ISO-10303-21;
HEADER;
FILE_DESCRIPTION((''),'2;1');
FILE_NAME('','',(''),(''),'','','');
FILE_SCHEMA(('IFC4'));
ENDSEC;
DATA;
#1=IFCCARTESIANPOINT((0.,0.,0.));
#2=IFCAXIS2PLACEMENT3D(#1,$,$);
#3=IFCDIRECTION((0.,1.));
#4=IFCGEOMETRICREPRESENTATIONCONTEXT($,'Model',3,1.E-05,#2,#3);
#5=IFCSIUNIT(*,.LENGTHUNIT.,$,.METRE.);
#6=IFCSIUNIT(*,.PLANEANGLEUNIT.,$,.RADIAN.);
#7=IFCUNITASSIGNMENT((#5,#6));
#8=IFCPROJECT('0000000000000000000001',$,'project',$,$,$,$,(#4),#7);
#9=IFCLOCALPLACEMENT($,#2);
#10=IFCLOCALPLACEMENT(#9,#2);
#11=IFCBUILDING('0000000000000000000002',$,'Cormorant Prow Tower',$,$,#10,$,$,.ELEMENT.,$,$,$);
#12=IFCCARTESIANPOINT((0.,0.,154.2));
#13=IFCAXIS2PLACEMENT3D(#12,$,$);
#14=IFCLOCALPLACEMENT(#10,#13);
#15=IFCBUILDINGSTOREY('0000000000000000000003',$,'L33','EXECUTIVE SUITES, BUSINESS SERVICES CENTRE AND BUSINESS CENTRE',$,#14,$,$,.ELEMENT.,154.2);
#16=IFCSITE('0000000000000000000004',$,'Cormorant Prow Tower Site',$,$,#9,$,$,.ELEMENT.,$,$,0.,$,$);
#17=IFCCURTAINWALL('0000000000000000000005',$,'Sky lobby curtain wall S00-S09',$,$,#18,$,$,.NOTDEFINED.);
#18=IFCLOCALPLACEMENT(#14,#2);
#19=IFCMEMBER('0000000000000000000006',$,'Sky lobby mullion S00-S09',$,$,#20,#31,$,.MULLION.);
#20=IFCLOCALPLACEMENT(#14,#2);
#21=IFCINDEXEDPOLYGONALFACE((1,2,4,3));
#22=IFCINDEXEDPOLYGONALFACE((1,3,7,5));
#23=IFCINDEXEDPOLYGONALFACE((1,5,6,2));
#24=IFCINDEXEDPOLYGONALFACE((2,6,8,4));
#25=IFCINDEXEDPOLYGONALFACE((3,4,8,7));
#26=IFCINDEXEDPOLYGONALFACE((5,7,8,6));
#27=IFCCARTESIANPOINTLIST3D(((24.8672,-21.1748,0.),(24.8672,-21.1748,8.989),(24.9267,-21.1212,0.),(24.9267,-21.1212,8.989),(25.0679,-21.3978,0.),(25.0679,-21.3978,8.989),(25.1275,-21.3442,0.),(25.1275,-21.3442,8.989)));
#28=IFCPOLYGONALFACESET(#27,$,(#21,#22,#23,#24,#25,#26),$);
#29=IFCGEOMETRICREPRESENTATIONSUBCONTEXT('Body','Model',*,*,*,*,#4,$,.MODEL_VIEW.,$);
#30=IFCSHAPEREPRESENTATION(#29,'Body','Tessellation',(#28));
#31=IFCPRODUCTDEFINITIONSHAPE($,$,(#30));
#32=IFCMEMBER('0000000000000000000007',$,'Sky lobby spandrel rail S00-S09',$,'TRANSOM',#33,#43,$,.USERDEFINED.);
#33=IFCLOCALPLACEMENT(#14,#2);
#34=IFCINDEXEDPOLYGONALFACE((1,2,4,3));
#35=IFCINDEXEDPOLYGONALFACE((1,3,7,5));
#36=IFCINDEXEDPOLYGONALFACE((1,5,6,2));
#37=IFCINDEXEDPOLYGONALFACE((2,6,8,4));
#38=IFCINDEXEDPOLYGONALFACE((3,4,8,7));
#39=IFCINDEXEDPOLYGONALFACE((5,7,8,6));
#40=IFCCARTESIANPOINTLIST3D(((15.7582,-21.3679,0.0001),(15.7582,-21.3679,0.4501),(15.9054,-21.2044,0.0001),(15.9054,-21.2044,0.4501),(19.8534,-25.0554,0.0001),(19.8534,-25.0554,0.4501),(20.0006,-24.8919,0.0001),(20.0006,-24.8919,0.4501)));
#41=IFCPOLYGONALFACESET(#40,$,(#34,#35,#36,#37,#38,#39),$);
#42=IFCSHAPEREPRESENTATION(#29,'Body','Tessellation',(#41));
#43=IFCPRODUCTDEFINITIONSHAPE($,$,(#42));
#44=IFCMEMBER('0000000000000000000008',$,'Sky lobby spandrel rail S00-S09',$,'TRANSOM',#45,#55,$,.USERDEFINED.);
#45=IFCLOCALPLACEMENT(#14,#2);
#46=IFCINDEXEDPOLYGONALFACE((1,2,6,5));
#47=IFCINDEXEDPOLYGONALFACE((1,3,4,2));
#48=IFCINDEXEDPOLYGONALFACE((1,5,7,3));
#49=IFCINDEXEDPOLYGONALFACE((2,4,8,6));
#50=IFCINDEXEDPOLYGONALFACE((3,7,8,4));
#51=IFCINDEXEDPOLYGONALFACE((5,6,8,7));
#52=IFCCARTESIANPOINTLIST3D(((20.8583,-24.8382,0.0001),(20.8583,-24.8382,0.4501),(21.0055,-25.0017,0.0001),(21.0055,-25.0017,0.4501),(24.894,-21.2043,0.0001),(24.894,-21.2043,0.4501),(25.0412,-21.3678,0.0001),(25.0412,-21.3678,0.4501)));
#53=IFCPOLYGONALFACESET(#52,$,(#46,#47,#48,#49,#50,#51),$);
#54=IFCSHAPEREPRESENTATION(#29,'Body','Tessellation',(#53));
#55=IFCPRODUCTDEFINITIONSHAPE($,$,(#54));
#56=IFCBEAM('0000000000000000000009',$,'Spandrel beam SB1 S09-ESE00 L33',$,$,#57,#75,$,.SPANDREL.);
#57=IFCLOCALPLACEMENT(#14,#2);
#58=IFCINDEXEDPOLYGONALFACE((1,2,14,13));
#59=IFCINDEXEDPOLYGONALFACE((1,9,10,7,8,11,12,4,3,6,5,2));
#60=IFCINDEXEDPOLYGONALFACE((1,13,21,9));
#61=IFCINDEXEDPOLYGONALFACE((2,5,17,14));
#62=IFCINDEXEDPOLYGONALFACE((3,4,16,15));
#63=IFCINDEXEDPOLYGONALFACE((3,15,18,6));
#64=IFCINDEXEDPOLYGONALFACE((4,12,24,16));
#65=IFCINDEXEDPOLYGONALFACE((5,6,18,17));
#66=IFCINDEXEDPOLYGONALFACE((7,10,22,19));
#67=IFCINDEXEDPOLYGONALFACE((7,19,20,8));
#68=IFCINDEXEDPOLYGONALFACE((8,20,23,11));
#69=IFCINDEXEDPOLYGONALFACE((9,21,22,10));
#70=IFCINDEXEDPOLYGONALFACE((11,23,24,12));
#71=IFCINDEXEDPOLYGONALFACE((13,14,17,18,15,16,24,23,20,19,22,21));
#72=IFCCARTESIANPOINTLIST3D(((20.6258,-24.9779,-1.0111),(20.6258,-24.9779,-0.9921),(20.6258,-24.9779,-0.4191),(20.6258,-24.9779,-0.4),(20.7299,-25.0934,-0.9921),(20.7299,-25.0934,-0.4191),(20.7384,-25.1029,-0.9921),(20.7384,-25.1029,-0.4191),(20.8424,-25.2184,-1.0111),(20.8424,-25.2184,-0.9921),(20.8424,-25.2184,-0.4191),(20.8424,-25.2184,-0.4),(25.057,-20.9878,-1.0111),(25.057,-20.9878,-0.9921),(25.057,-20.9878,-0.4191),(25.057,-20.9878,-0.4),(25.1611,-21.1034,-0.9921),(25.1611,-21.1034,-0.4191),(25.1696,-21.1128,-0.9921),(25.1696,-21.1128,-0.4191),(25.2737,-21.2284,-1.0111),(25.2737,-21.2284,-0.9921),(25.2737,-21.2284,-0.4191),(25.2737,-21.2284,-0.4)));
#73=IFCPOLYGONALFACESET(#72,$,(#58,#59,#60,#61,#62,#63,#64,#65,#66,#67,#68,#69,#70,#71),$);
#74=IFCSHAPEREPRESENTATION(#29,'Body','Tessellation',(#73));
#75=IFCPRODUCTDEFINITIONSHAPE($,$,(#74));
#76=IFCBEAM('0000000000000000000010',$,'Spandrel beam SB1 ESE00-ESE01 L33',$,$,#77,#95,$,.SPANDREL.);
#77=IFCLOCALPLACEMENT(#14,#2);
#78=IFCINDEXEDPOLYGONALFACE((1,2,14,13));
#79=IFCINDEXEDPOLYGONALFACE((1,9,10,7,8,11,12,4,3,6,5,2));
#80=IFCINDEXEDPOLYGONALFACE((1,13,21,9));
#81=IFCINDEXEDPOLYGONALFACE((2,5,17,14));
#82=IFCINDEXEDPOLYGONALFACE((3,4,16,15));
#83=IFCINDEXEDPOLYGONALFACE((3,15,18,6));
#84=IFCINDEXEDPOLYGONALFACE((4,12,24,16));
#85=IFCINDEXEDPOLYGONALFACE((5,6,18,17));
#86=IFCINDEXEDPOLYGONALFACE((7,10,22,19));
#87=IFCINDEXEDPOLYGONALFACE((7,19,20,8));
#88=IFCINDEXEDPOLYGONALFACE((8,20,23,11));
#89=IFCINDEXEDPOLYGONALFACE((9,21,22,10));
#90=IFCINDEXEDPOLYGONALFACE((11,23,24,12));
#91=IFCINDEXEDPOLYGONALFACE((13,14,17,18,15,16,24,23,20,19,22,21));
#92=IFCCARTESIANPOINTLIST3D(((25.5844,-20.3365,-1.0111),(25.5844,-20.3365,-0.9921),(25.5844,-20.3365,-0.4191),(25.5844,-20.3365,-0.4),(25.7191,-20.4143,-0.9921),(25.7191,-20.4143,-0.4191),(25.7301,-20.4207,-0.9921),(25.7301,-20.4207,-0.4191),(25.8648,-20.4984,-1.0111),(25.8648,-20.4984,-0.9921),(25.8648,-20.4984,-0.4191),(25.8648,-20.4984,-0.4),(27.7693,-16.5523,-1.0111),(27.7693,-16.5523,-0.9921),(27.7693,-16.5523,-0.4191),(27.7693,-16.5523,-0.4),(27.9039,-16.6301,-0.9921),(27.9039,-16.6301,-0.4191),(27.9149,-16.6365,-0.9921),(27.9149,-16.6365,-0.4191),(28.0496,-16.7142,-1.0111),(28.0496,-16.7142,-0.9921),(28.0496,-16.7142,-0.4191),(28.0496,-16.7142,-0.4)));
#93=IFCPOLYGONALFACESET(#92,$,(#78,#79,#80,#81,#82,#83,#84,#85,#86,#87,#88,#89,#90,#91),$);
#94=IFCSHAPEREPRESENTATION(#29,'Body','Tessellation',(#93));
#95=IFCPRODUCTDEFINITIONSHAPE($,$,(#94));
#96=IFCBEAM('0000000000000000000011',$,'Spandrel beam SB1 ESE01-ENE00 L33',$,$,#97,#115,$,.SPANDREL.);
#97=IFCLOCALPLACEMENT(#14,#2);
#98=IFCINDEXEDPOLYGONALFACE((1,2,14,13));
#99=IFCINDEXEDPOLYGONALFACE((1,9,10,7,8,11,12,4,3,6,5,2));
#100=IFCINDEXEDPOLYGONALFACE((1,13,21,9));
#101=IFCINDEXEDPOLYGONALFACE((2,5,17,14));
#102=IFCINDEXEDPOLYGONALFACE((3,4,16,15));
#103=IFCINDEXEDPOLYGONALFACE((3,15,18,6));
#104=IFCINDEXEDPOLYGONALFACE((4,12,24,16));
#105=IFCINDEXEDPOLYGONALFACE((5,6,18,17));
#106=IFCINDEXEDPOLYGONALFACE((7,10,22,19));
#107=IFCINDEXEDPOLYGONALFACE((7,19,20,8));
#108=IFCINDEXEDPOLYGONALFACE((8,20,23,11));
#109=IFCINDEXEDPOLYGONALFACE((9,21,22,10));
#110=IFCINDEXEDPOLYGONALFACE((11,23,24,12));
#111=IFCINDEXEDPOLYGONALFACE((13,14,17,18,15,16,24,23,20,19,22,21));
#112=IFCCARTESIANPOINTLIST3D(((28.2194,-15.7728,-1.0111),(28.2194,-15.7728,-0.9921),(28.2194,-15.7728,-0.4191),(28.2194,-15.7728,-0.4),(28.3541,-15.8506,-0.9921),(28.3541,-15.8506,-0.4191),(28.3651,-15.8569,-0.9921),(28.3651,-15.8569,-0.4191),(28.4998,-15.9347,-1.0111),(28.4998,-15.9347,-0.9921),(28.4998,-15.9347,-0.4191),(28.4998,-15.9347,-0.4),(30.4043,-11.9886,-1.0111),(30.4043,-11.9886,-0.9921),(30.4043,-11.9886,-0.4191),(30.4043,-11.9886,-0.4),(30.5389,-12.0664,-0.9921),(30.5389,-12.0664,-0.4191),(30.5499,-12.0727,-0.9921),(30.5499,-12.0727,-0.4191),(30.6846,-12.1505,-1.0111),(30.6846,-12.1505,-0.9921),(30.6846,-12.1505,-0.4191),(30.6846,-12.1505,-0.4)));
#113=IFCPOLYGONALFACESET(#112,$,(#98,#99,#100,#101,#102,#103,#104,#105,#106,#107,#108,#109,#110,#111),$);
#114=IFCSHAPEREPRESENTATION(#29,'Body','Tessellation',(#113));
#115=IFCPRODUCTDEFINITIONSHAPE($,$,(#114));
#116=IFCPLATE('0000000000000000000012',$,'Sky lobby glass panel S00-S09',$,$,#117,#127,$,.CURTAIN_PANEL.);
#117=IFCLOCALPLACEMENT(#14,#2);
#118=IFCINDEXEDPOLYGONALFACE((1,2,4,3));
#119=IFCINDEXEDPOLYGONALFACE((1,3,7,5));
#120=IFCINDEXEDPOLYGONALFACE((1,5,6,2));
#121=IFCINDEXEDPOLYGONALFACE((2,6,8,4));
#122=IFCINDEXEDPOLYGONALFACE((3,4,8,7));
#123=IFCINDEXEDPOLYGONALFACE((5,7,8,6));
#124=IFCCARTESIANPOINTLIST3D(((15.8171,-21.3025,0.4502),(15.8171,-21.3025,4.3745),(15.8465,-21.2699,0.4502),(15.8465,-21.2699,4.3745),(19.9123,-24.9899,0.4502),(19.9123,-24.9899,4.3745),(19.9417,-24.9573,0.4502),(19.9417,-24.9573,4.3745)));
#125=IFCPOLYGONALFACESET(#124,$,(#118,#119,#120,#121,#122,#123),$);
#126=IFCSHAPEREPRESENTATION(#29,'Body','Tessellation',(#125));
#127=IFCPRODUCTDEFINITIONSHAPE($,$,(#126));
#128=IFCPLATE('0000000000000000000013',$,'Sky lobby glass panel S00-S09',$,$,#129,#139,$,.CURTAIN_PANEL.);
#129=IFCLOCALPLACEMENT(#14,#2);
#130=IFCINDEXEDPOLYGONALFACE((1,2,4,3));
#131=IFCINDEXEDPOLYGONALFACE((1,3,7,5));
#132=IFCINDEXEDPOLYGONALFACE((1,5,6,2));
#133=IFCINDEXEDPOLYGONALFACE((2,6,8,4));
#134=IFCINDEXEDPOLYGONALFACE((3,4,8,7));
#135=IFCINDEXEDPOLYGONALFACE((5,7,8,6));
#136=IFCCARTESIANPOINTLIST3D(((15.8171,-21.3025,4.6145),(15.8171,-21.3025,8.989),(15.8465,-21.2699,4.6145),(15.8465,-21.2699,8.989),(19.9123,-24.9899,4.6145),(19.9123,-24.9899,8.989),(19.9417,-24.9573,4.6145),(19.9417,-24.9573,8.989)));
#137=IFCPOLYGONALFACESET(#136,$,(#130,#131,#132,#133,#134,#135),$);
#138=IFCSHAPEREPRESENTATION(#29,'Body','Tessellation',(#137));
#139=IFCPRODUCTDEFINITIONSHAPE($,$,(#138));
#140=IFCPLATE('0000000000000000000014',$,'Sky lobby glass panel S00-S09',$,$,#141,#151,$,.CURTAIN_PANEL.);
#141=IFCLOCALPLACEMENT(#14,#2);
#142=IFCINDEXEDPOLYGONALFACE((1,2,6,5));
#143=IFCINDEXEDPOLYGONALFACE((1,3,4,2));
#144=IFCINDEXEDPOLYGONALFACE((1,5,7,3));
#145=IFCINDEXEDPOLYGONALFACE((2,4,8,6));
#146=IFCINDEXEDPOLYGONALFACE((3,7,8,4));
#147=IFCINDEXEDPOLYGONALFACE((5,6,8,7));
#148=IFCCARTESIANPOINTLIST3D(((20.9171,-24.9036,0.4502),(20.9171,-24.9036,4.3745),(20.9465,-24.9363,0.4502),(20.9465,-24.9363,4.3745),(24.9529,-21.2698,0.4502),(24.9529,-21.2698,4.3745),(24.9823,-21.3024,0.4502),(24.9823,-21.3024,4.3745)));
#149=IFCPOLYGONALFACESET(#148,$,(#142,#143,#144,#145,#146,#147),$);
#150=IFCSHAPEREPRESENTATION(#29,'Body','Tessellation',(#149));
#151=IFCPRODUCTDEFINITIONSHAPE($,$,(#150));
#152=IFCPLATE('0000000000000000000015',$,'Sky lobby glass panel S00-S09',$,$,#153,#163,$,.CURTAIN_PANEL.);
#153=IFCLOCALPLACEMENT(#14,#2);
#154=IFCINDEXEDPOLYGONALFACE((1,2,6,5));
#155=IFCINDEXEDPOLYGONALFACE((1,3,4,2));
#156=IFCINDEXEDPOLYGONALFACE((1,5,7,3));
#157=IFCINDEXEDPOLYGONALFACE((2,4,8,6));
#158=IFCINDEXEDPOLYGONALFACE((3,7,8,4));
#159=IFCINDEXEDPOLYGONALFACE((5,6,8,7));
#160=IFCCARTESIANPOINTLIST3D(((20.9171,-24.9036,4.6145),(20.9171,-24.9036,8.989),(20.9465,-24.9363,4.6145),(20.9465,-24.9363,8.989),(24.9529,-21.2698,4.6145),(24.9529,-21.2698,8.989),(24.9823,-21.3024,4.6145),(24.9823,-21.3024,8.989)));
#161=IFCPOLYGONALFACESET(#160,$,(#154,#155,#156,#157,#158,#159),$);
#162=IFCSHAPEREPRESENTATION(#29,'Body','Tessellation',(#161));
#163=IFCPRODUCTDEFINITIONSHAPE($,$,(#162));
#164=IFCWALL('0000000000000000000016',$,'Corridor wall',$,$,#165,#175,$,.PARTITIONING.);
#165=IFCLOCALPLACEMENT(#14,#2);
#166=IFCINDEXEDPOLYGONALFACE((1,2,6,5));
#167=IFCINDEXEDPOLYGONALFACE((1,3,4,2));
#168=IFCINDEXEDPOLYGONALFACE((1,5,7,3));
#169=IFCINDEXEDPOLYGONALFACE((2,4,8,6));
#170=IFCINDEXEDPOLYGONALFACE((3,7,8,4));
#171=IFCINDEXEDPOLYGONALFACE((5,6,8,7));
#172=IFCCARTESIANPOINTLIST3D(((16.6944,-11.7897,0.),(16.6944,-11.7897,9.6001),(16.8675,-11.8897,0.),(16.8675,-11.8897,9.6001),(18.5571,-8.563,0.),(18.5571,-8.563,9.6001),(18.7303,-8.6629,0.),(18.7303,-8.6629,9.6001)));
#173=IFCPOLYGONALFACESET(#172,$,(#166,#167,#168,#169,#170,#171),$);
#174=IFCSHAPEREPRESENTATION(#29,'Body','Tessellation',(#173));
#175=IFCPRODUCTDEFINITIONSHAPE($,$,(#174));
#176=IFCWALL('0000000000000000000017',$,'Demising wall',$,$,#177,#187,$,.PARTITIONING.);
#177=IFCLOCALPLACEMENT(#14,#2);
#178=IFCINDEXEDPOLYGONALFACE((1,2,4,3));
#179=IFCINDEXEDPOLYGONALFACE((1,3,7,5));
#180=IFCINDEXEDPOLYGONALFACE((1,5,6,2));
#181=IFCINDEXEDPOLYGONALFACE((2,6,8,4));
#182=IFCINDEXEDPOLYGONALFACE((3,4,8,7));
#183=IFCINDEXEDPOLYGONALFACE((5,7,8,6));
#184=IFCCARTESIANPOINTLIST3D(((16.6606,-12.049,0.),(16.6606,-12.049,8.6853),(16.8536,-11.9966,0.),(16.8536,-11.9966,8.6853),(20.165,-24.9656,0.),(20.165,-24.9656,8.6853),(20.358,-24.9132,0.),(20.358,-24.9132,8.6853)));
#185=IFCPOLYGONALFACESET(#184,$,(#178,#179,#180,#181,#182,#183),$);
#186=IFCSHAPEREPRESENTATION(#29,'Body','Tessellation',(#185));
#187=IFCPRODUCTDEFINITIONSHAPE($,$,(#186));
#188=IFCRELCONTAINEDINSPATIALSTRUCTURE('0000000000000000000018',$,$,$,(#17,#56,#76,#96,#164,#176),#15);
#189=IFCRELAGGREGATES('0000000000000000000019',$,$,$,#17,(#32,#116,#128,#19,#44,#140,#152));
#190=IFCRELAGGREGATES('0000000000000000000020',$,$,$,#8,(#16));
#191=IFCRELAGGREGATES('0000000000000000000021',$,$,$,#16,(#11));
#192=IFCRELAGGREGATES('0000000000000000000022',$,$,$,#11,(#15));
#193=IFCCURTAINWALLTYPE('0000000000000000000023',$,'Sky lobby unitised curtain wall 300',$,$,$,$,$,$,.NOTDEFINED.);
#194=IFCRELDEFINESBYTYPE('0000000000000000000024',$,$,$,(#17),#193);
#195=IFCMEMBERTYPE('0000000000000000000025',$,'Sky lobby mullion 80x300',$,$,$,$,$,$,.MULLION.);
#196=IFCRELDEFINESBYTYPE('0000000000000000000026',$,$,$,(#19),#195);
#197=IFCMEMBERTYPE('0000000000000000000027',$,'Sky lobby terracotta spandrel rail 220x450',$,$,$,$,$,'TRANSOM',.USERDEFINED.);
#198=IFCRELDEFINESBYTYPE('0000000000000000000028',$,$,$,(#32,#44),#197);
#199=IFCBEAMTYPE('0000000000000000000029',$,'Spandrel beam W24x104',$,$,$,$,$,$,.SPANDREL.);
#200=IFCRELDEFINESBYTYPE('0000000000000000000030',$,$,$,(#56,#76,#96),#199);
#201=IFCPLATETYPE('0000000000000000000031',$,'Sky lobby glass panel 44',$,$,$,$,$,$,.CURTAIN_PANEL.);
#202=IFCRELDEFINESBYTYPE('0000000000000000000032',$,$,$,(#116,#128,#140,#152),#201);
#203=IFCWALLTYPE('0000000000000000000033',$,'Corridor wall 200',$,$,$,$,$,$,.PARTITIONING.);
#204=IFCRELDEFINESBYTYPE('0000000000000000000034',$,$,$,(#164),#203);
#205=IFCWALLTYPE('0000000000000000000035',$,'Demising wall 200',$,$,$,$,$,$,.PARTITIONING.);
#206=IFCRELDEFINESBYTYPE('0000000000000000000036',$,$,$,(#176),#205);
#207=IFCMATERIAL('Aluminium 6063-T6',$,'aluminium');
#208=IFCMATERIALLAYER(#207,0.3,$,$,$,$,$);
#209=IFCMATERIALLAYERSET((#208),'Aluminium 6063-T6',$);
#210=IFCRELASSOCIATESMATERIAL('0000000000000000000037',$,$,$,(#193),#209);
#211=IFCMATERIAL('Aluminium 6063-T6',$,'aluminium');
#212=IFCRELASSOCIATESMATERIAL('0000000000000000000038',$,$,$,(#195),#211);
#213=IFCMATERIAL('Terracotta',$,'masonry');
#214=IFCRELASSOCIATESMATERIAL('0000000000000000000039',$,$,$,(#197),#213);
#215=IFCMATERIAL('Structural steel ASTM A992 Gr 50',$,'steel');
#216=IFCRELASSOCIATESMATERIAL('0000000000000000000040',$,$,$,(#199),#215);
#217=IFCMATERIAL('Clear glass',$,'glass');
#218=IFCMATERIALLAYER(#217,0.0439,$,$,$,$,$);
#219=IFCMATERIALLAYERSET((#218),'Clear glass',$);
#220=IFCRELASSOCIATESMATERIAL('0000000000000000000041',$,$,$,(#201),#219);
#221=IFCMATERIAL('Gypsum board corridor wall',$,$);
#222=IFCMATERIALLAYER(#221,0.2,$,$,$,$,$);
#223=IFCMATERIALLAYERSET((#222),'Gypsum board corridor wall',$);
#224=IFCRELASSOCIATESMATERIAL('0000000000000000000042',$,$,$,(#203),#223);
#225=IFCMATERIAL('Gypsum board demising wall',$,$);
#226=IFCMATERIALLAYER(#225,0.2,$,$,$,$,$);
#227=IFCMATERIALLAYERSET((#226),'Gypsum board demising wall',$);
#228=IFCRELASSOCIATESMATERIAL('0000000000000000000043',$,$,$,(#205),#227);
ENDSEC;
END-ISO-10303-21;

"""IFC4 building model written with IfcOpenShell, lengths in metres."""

from ifc_helpers import new_model, si_unit, direction, frame, frame_2d, origin, origin_2d, place, context, subcontext, project, spatial, rectangle, i_section, extrude, material, layer, layer_set, material_profile, profile_set, type_object, element, aggregate, save


model = new_model("IFC4")

# Units and contexts
model_context = context("Model", 3, precision=1e-05, world=origin(), true_north=direction((0.0, 1.0)))
body_context = subcontext(model_context, "Body", "Model", "MODEL_VIEW")
ifc_project = project(units=[si_unit("LENGTHUNIT", "METRE"), si_unit("PLANEANGLEUNIT", "RADIAN")], contexts=[model_context])

# Site, building, storey
site_placement = place(None, origin())
site = spatial("IfcSite", under=ifc_project, at=site_placement, Name="Cormorant Prow Tower Site", CompositionType="ELEMENT", RefElevation=0.0)
building_placement = place(site_placement, origin())
building = spatial("IfcBuilding", under=site, at=building_placement, Name="Cormorant Prow Tower", CompositionType="ELEMENT")
storey_placement = place(building_placement, frame((0.0, 0.0, 154.2)))
storey = spatial("IfcBuildingStorey", under=building, at=storey_placement, Name="L33", Description="EXECUTIVE SUITES, BUSINESS SERVICES CENTRE AND BUSINESS CENTRE", CompositionType="ELEMENT", Elevation=154.2)

# Curtain wall, members
ifc_material_1 = material(Name="Aluminium 6063-T6", Category="aluminium")
ifc_layer_1 = layer(ifc_material_1, 0.3)
ifc_layer_set_1 = layer_set([ifc_layer_1], Name="Aluminium 6063-T6")
curtain_wall_type = type_object("IfcCurtainWallType", Name="Sky lobby unitised curtain wall 300", PredefinedType="NOTDEFINED", material=ifc_layer_set_1)
curtain_wall_placement = place(storey_placement, origin())
curtain_wall = element("IfcCurtainWall", 1, at=curtain_wall_placement, inside=storey, type_object=curtain_wall_type, Name="Sky lobby curtain wall S00-S09", PredefinedType="NOTDEFINED")
ifc_material_2 = material(Name="Aluminium 6063-T6", Category="aluminium")
ifc_material_profile_1 = material_profile(ifc_material_2, rectangle(XDim=0.3, YDim=0.0801, at=origin_2d()), Name="Sky lobby mullion 80x300")
ifc_profile_set_1 = profile_set([ifc_material_profile_1], Name="Aluminium 6063-T6")
member_type_1 = type_object("IfcMemberType", Name="Sky lobby mullion 80x300", PredefinedType="MULLION", material=ifc_profile_set_1)
member_1_placement = place(storey_placement, frame((24.9973, -21.2595, 0.0), z_axis=(0.0, 0.0, 1.0), x_axis=(-0.669131, 0.743145, 0.0)))
member_1 = element("IfcMember", 2, at=member_1_placement, type_object=member_type_1, Name="Sky lobby mullion S00-S09", PredefinedType="MULLION", context=body_context, shape_type="SweptSolid", body=[
    extrude(rectangle(XDim=0.3, YDim=0.0801, at=origin_2d()), origin(), (0.0, 0.0, 1.0), 8.989),
])
ifc_material_3 = material(Name="Terracotta", Category="masonry")
ifc_material_profile_2 = material_profile(ifc_material_3, rectangle(XDim=0.22, YDim=0.45, at=origin_2d()), Name="Sky lobby terracotta spandrel rail 220x450")
ifc_profile_set_2 = profile_set([ifc_material_profile_2], Name="Terracotta")
member_type_2 = type_object("IfcMemberType", Name="Sky lobby terracotta spandrel rail 220x450", ElementType="TRANSOM", PredefinedType="USERDEFINED", material=ifc_profile_set_2)
member_2_placement = place(storey_placement, frame((15.8318, -21.2861, 0.2251), z_axis=(0.743131, -0.669146, 0.0), x_axis=(0.669146, 0.743131, 0.0)))
member_2 = element("IfcMember", 3, at=member_2_placement, type_object=member_type_2, Name="Sky lobby spandrel rail S00-S09", ObjectType="TRANSOM", PredefinedType="USERDEFINED", context=body_context, shape_type="SweptSolid", body=[
    extrude(rectangle(XDim=0.22, YDim=0.45, at=origin_2d()), origin(), (0.0, 0.0, 1.0), 5.5107),
])
member_3_placement = place(storey_placement, frame((20.9319, -24.9199, 0.2251), z_axis=(0.743138, 0.669139, 0.0), x_axis=(-0.669139, 0.743138, 0.0)))
member_3 = element("IfcMember", 4, at=member_3_placement, type_object=member_type_2, Name="Sky lobby spandrel rail S00-S09", ObjectType="TRANSOM", PredefinedType="USERDEFINED", context=body_context, shape_type="SweptSolid", body=[
    extrude(rectangle(XDim=0.22, YDim=0.45, at=origin_2d()), origin(), (0.0, 0.0, 1.0), 5.4307),
])

# Beams
ifc_material_4 = material(Name="Structural steel ASTM A992 Gr 50", Category="steel")
ifc_material_profile_3 = material_profile(ifc_material_4, i_section(OverallWidth=0.3237, OverallDepth=0.6111, WebThickness=0.0127, FlangeThickness=0.019, at=origin_2d()), Name="W24x104")
ifc_profile_set_3 = profile_set([ifc_material_profile_3], Name="Structural steel ASTM A992 Gr 50")
beam_type_1 = type_object("IfcBeamType", Name="Spandrel beam W24x104", PredefinedType="SPANDREL", material=ifc_profile_set_3)
beam_1_placement = place(storey_placement, frame((20.7341, -25.0981, -0.7056), z_axis=(0.743131, 0.669146, 0.0), x_axis=(-0.669146, 0.743131, 0.0)))
element("IfcBeam", 5, at=beam_1_placement, inside=storey, type_object=beam_type_1, Name="Spandrel beam SB1 S09-ESE00 L33", PredefinedType="SPANDREL", context=body_context, shape_type="SweptSolid", body=[
    extrude(i_section(OverallWidth=0.3237, OverallDepth=0.6111, WebThickness=0.0127, FlangeThickness=0.019, at=origin_2d()), origin(), (0.0, 0.0, 1.0), 5.9629),
])
for number, where, z_axis, x_axis, name in (
    (6, (25.7246, -20.4175, -0.7056), (0.500003, 0.866024, 0.0), (-0.866024, 0.500003, 0.0), "Spandrel beam SB1 ESE00-ESE01 L33"),
    (7, (28.3596, -15.8538, -0.7056), (0.500003, 0.866024, 0.0), (-0.866024, 0.500003, 0.0), "Spandrel beam SB1 ESE01-ENE00 L33"),
):
    element("IfcBeam", number, at=place(storey_placement, frame(where, z_axis=z_axis, x_axis=x_axis)), inside=storey, type_object=beam_type_1, Name=name, PredefinedType="SPANDREL", context=body_context, shape_type="SweptSolid", body=[
        extrude(i_section(OverallWidth=0.3237, OverallDepth=0.6111, WebThickness=0.0127, FlangeThickness=0.019, at=origin_2d()), origin(), (0.0, 0.0, 1.0), 4.3696),
    ])

# Plates
ifc_material_5 = material(Name="Clear glass", Category="glass")
ifc_layer_2 = layer(ifc_material_5, 0.0439)
ifc_layer_set_2 = layer_set([ifc_layer_2], Name="Clear glass")
plate_type = type_object("IfcPlateType", Name="Sky lobby glass panel 44", PredefinedType="CURTAIN_PANEL", material=ifc_layer_set_2)
plate_1_placement = place(storey_placement, frame((17.8794, -23.1299, 0.4502), z_axis=(0.0, 0.0, 1.0), x_axis=(0.743145, -0.669131, 0.0)))
plate_1 = element("IfcPlate", 8, at=plate_1_placement, type_object=plate_type, Name="Sky lobby glass panel S00-S09", PredefinedType="CURTAIN_PANEL", context=body_context, shape_type="SweptSolid", body=[
    extrude(rectangle(XDim=5.5107, YDim=0.0439, at=origin_2d()), origin(), (0.0, 0.0, 1.0), 3.9243),
])
plate_2_placement = place(storey_placement, frame((17.8794, -23.1299, 4.6145), z_axis=(0.0, 0.0, 1.0), x_axis=(0.743145, -0.669131, 0.0)))
plate_2 = element("IfcPlate", 9, at=plate_2_placement, type_object=plate_type, Name="Sky lobby glass panel S00-S09", PredefinedType="CURTAIN_PANEL", context=body_context, shape_type="SweptSolid", body=[
    extrude(rectangle(XDim=5.5107, YDim=0.0439, at=origin_2d()), origin(), (0.0, 0.0, 1.0), 4.3745),
])
plate_3_placement = place(storey_placement, frame((22.9497, -23.103, 0.4502), z_axis=(0.0, 0.0, 1.0), x_axis=(0.743145, 0.669131, 0.0)))
plate_3 = element("IfcPlate", 10, at=plate_3_placement, type_object=plate_type, Name="Sky lobby glass panel S00-S09", PredefinedType="CURTAIN_PANEL", context=body_context, shape_type="SweptSolid", body=[
    extrude(rectangle(XDim=5.4307, YDim=0.0439, at=origin_2d()), origin(), (0.0, 0.0, 1.0), 3.9243),
])
plate_4_placement = place(storey_placement, frame((22.9497, -23.103, 4.6145), z_axis=(0.0, 0.0, 1.0), x_axis=(0.743145, 0.669131, 0.0)))
plate_4 = element("IfcPlate", 11, at=plate_4_placement, type_object=plate_type, Name="Sky lobby glass panel S00-S09", PredefinedType="CURTAIN_PANEL", context=body_context, shape_type="SweptSolid", body=[
    extrude(rectangle(XDim=5.4307, YDim=0.0439, at=origin_2d()), origin(), (0.0, 0.0, 1.0), 4.3745),
])
aggregate(curtain_wall, [member_2, plate_1, plate_2, member_1, member_3, plate_3, plate_4])

# Walls
ifc_material_6 = material(Name="Gypsum board corridor wall")
ifc_layer_3 = layer(ifc_material_6, 0.2)
ifc_layer_set_3 = layer_set([ifc_layer_3], Name="Gypsum board corridor wall")
wall_type_1 = type_object("IfcWallType", Name="Corridor wall 200", PredefinedType="PARTITIONING", material=ifc_layer_set_3)
wall_1_placement = place(storey_placement, frame((16.781, -11.8396, 0.0), z_axis=(0.0, 0.0, 1.0), x_axis=(0.499959, 0.866049, 0.0)))
element("IfcWall", 12, at=wall_1_placement, inside=storey, type_object=wall_type_1, Name="Corridor wall", PredefinedType="PARTITIONING", context=body_context, shape_type="SweptSolid", body=[
    extrude(rectangle(XDim=3.7258, YDim=0.2, at=frame_2d((1.8628, 0.0))), origin(), (0.0, 0.0, 1.0), 9.6001),
])
ifc_material_7 = material(Name="Gypsum board demising wall")
ifc_layer_4 = layer(ifc_material_7, 0.2)
ifc_layer_set_4 = layer_set([ifc_layer_4], Name="Gypsum board demising wall")
wall_type_2 = type_object("IfcWallType", Name="Demising wall 200", PredefinedType="PARTITIONING", material=ifc_layer_set_4)
wall_2_placement = place(storey_placement, frame((16.7571, -12.0227, 0.0), z_axis=(0.0, 0.0, 1.0), x_axis=(0.261845, -0.96511, 0.0)))
element("IfcWall", 13, at=wall_2_placement, inside=storey, type_object=wall_type_2, Name="Demising wall", PredefinedType="PARTITIONING", context=body_context, shape_type="SweptSolid", body=[
    extrude(rectangle(XDim=13.3835, YDim=0.2, at=frame_2d((6.6919, 0.0))), origin(), (0.0, 0.0, 1.0), 8.6853),
])

save(model, "model.ifc")
